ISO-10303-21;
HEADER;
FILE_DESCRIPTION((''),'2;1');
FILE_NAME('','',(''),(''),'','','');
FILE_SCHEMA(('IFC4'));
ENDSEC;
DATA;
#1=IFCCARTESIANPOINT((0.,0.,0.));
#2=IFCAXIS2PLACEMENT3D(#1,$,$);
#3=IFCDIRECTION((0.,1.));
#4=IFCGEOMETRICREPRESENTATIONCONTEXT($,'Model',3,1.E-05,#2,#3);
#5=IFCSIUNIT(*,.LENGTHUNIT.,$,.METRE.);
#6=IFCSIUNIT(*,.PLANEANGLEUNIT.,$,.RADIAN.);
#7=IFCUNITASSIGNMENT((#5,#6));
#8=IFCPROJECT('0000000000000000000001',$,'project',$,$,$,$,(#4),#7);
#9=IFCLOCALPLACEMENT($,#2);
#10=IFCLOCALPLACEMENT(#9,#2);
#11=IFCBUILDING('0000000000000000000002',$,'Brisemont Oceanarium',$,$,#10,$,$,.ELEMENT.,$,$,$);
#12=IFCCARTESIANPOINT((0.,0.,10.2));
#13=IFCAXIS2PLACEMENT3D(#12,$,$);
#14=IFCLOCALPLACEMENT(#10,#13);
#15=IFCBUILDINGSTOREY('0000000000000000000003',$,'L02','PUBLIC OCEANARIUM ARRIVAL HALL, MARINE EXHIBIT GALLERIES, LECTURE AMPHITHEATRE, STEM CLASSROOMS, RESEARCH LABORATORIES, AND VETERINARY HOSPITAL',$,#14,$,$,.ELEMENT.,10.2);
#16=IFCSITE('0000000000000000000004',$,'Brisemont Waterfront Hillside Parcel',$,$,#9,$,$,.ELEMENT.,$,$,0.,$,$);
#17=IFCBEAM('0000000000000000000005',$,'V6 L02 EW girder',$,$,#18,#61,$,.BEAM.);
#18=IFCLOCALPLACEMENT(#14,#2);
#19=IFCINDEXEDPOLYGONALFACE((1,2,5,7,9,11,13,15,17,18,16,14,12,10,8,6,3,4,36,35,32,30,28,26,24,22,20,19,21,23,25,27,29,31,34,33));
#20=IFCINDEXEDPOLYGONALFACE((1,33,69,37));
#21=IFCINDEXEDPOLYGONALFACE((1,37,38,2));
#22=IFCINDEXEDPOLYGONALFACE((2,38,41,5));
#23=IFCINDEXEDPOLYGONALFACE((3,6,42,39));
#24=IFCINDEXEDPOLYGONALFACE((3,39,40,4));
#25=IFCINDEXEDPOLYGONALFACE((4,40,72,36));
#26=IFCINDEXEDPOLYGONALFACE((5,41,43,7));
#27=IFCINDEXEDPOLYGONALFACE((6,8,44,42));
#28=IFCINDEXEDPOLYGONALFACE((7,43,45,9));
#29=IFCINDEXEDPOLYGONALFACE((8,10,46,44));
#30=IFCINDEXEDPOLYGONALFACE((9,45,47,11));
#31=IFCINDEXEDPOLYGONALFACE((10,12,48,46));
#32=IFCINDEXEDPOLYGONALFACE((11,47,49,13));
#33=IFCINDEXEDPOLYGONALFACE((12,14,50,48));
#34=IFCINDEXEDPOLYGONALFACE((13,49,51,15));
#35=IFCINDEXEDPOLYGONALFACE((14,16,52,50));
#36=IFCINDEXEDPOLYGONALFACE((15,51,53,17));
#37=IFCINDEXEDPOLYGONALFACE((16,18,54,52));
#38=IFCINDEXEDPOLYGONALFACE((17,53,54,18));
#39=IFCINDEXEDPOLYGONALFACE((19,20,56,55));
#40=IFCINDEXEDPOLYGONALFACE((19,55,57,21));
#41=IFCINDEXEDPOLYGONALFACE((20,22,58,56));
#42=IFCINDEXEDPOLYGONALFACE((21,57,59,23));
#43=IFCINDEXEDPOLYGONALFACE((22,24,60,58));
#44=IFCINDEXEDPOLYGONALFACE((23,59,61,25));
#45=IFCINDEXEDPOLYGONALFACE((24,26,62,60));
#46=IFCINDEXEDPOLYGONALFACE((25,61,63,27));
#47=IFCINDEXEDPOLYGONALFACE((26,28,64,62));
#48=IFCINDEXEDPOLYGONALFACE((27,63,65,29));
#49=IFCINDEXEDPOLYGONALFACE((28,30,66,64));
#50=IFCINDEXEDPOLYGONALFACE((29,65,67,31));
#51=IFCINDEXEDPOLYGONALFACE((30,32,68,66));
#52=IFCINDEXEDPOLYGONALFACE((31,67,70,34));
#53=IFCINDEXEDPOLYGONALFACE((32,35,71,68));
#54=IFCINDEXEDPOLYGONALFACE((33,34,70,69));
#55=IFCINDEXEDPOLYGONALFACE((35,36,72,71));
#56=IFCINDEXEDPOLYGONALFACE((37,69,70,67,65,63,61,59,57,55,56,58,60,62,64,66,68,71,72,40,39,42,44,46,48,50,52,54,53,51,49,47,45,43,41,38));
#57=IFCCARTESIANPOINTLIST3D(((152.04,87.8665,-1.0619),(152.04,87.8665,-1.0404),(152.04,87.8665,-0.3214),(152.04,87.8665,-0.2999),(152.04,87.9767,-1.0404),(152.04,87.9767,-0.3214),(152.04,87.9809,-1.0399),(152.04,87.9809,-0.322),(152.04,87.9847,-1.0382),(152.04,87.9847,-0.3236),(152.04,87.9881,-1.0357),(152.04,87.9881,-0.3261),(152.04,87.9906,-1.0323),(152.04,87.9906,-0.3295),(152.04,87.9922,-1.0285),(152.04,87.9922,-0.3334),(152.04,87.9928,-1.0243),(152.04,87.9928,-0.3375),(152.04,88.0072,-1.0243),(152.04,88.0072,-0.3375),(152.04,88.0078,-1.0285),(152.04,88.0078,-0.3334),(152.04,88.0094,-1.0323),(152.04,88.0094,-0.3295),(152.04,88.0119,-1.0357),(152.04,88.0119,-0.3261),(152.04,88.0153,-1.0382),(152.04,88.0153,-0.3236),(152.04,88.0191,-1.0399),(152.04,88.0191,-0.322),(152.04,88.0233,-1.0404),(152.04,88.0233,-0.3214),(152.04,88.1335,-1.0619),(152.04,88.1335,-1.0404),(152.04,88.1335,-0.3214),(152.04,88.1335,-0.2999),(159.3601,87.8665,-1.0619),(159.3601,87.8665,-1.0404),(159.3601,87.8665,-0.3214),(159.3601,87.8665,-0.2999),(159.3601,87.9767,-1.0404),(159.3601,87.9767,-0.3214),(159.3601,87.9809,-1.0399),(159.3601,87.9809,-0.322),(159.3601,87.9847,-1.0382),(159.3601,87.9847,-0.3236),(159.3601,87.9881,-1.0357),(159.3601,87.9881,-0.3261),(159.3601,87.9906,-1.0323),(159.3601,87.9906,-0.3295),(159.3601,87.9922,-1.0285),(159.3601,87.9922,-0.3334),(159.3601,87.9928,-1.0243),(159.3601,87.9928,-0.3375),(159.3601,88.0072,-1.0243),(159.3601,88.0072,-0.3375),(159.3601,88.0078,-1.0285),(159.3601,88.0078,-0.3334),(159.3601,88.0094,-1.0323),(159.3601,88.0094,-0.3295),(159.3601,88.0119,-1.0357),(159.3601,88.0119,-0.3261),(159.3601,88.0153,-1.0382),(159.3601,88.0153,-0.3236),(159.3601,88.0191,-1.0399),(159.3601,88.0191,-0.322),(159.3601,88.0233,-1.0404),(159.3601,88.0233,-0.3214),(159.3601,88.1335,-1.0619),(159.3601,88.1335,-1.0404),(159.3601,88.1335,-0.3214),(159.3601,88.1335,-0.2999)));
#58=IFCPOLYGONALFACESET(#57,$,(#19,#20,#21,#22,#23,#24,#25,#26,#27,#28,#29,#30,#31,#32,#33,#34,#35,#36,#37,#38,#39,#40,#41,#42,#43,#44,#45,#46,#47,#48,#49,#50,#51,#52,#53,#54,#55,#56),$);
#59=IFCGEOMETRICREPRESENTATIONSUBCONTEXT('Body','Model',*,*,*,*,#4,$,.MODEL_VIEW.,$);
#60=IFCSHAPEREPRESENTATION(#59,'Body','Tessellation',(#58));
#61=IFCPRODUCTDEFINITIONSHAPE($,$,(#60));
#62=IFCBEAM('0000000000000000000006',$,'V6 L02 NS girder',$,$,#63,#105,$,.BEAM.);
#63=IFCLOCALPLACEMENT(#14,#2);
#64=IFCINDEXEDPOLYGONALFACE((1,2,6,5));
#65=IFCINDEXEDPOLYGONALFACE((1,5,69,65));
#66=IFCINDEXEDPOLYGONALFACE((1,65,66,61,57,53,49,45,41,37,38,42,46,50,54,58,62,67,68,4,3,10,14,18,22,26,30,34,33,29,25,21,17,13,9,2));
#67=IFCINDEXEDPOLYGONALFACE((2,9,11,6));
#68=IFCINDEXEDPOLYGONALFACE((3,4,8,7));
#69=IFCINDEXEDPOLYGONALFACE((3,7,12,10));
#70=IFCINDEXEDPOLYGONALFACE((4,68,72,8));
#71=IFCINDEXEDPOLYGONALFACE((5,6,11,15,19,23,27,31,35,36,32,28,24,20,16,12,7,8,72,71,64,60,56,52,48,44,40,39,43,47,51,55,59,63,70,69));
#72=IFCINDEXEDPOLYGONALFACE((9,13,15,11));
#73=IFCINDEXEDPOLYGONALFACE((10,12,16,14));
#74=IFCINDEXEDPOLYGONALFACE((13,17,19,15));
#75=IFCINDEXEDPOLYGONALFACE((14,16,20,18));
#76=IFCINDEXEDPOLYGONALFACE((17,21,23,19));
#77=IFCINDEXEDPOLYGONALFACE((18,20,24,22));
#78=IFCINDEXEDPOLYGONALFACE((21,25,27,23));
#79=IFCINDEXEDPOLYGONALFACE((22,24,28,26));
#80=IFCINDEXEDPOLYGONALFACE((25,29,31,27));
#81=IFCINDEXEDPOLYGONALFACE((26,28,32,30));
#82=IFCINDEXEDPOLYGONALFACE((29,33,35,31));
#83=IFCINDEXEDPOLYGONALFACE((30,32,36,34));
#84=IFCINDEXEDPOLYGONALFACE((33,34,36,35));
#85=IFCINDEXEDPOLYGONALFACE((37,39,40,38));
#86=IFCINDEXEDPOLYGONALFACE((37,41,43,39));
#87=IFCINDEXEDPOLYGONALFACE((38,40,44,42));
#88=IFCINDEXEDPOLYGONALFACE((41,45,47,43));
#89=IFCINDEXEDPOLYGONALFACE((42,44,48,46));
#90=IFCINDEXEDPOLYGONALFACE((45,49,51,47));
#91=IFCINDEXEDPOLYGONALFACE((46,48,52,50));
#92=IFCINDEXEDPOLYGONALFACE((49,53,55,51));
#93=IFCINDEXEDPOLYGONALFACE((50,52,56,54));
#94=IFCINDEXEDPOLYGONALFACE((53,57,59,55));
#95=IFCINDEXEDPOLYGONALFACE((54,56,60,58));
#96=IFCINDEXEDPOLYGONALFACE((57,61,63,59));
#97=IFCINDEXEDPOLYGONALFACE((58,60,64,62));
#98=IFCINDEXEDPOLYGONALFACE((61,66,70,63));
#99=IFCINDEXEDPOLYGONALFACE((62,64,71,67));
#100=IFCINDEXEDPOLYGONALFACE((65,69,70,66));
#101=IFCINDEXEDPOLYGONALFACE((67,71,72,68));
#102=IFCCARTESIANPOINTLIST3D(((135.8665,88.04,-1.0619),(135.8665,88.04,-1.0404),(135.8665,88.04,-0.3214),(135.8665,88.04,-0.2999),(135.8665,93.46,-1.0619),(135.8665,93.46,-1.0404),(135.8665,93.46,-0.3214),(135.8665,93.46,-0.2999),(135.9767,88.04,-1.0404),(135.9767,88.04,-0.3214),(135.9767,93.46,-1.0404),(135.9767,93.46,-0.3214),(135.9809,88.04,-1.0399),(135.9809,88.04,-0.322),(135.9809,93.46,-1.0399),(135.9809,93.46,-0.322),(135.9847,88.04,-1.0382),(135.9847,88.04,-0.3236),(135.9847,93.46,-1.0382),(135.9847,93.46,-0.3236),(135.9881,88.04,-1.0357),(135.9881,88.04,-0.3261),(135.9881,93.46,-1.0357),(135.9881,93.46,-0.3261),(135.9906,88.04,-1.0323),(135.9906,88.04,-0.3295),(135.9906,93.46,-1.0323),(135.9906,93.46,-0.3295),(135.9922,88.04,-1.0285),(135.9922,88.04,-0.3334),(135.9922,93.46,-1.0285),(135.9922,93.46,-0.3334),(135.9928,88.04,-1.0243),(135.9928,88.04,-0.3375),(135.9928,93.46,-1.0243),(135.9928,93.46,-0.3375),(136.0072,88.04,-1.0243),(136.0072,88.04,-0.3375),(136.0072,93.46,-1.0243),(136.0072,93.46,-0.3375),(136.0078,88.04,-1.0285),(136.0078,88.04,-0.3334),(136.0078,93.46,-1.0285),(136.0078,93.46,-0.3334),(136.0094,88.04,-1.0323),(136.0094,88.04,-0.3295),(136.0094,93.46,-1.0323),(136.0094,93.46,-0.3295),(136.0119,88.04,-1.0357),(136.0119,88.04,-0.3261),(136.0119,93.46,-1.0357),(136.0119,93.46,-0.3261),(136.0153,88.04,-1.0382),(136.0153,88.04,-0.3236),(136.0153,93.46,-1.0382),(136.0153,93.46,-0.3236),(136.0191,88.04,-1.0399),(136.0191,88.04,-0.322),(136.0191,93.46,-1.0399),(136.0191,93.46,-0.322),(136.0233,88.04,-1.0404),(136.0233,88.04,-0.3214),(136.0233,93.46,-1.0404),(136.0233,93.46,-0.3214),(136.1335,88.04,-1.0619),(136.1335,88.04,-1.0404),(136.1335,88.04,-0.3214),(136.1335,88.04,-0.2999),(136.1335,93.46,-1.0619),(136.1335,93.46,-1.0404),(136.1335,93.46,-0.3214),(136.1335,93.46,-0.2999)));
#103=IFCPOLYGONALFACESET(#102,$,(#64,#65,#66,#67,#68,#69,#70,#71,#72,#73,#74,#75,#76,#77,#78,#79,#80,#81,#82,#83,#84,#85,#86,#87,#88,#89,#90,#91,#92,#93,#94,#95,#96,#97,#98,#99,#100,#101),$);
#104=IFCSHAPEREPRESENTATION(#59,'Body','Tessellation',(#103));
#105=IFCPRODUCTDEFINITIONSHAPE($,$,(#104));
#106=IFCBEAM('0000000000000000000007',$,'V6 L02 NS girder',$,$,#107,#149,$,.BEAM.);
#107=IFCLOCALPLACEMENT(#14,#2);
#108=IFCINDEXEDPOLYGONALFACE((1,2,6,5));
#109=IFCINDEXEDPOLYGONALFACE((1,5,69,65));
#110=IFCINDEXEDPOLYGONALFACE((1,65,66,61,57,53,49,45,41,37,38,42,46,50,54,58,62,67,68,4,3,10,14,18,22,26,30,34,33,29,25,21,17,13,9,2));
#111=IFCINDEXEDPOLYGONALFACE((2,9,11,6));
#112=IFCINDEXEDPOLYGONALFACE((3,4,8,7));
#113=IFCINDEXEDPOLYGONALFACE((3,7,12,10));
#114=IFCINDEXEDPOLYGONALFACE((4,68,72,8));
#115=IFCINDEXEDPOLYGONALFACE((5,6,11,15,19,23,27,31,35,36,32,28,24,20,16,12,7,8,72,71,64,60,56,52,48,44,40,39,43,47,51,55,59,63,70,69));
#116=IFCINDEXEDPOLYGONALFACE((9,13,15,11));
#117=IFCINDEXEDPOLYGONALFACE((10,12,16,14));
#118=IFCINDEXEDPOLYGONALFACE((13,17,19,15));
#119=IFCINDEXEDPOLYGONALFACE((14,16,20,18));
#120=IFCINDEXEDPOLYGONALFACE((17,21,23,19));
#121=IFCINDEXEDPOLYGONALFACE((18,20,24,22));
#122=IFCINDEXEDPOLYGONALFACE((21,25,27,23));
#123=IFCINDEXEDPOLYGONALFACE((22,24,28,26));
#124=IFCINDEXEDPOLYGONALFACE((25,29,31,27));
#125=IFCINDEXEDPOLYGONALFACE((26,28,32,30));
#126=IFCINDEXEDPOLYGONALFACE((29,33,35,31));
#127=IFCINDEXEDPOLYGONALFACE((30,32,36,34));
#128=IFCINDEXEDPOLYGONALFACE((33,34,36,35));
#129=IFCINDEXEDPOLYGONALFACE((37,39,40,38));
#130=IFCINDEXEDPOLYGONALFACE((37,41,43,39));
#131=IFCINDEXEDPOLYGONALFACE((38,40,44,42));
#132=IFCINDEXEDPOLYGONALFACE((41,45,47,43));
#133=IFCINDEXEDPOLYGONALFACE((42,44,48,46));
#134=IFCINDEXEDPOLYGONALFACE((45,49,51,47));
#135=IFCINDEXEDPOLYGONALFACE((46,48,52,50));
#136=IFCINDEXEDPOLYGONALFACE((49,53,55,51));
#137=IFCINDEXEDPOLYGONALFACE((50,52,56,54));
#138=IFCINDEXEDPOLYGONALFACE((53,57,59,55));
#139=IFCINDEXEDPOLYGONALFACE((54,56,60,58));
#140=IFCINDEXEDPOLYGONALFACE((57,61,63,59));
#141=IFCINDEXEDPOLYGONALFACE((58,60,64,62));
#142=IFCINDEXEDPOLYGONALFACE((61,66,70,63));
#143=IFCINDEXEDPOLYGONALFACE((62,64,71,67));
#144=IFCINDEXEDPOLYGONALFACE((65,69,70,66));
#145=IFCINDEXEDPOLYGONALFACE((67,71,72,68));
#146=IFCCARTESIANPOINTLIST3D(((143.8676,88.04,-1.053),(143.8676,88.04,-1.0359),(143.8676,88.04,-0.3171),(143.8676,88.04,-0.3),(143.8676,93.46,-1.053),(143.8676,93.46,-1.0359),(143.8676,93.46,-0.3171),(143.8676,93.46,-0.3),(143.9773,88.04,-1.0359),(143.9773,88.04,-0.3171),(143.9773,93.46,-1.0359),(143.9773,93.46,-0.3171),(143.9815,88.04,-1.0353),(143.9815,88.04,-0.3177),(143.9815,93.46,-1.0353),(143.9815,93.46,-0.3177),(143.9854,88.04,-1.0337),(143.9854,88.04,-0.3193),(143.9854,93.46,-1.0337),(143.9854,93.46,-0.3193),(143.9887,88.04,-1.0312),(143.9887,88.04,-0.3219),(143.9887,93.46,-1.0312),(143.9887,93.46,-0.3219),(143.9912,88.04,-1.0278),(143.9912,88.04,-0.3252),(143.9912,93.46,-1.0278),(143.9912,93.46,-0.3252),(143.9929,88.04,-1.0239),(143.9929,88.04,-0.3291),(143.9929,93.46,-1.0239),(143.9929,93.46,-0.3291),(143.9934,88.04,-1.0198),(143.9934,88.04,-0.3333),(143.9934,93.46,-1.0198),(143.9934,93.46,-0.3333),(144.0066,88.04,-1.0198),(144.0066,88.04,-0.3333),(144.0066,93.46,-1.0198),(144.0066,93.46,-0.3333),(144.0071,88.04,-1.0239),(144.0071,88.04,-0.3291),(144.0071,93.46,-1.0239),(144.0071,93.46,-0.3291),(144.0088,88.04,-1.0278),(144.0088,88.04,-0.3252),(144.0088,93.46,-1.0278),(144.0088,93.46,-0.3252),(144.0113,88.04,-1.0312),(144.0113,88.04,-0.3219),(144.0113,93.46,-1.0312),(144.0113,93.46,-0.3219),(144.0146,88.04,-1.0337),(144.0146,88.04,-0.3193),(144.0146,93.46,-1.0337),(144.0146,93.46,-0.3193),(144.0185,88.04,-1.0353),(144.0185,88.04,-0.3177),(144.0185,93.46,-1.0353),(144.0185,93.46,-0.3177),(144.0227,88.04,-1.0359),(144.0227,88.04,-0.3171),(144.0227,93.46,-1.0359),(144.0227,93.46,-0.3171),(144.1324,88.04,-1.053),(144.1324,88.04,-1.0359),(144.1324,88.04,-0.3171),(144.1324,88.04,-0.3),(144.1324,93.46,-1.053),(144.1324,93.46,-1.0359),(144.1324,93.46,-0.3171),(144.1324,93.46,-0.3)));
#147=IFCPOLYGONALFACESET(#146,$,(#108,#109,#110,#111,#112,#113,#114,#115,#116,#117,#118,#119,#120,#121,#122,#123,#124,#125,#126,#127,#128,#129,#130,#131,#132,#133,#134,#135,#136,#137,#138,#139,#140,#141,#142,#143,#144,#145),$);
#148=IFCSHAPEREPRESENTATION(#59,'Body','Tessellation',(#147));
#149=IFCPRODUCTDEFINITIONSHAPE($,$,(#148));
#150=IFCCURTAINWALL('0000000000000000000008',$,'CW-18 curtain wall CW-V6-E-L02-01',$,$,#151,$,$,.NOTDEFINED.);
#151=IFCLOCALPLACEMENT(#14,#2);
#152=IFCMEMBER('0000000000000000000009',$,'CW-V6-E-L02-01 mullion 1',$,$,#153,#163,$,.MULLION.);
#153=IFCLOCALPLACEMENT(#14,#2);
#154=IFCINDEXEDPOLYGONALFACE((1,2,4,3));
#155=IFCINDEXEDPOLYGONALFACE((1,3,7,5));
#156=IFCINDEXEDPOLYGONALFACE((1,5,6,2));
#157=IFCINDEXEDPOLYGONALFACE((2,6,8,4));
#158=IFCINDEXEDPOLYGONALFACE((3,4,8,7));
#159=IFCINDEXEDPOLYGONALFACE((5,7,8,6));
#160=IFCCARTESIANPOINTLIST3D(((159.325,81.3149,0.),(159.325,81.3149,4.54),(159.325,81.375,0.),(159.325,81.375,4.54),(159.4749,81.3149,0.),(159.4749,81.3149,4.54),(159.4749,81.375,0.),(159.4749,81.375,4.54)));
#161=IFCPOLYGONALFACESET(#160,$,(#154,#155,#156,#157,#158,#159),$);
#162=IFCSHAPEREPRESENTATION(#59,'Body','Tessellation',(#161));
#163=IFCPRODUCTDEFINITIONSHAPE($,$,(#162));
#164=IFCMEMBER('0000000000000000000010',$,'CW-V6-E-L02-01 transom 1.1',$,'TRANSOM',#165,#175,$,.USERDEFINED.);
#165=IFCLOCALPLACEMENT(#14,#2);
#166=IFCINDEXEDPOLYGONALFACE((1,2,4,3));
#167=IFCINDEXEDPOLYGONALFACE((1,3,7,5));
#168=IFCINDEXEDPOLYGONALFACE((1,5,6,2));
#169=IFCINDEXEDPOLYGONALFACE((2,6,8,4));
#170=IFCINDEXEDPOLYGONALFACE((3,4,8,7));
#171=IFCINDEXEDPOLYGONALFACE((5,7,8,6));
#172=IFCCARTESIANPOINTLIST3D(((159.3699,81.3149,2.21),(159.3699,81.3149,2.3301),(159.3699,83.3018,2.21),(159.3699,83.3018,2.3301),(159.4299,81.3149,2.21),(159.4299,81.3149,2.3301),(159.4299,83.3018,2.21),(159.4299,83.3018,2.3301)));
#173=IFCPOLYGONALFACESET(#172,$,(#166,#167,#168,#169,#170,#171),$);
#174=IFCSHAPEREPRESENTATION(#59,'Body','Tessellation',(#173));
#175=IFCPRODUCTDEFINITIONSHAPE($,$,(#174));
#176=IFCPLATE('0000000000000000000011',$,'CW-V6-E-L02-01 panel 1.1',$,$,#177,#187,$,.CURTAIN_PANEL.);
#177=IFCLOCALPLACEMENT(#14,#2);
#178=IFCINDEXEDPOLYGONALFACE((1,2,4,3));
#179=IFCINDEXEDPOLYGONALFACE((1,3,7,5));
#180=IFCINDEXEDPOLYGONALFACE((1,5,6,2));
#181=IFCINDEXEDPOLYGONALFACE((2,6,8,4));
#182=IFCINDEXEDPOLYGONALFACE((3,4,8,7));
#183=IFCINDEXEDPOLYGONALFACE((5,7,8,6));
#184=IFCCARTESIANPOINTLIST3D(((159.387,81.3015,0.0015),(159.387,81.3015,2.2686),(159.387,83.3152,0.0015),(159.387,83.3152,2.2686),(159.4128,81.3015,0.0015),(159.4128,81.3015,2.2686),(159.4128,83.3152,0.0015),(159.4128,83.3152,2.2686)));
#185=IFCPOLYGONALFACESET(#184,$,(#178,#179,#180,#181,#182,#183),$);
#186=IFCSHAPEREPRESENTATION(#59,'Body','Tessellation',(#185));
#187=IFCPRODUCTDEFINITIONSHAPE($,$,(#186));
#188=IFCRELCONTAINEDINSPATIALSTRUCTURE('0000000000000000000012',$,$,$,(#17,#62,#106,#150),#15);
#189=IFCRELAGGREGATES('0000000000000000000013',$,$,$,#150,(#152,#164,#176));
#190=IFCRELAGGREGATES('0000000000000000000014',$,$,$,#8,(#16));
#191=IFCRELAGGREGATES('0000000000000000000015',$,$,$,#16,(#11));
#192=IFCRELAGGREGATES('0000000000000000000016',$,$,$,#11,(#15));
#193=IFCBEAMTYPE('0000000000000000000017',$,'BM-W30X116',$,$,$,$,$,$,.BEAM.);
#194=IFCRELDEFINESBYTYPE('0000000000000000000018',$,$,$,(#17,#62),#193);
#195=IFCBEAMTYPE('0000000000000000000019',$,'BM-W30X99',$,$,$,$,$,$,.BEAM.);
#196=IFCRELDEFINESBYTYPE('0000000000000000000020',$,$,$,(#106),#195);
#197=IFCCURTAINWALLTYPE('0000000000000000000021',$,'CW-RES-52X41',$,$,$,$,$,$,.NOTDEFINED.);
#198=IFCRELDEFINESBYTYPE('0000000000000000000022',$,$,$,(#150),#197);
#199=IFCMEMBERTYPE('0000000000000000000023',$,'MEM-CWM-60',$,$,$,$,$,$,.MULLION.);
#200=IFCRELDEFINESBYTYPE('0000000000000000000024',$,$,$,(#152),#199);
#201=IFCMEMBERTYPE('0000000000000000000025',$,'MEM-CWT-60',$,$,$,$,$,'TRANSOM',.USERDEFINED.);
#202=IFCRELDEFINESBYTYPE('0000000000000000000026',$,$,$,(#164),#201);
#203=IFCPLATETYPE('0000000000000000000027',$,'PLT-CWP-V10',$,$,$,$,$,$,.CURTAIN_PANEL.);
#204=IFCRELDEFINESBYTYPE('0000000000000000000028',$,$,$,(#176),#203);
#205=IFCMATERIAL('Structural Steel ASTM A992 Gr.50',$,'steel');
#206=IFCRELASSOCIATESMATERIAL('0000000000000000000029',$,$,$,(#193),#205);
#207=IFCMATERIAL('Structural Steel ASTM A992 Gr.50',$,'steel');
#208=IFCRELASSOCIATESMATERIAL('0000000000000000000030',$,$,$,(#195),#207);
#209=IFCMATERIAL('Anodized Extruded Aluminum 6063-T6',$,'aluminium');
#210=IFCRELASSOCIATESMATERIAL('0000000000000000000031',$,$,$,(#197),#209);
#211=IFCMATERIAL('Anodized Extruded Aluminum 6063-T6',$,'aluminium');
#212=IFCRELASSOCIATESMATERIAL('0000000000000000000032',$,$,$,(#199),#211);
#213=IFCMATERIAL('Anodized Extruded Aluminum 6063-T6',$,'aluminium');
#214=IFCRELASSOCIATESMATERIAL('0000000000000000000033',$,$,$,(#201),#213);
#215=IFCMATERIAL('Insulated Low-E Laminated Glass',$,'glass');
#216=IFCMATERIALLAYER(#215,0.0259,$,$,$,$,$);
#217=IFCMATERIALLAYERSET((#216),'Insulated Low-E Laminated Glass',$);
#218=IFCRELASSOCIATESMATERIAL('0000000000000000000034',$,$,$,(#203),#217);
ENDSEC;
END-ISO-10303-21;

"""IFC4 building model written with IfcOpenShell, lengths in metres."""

from ifc_helpers import new_model, si_unit, direction, frame, origin, origin_2d, place, context, subcontext, project, spatial, rectangle, i_section, extrude, material, layer, layer_set, material_profile, profile_set, type_object, element, aggregate, save


model = new_model("IFC4")

# Units and contexts
model_context = context("Model", 3, precision=1e-05, world=origin(), true_north=direction((0.0, 1.0)))
body_context = subcontext(model_context, "Body", "Model", "MODEL_VIEW")
ifc_project = project(units=[si_unit("LENGTHUNIT", "METRE"), si_unit("PLANEANGLEUNIT", "RADIAN")], contexts=[model_context])

# Site, building, storey
site_placement = place(None, origin())
site = spatial("IfcSite", under=ifc_project, at=site_placement, Name="Brisemont Waterfront Hillside Parcel", CompositionType="ELEMENT", RefElevation=0.0)
building_placement = place(site_placement, origin())
building = spatial("IfcBuilding", under=site, at=building_placement, Name="Brisemont Oceanarium", CompositionType="ELEMENT")
storey_placement = place(building_placement, frame((0.0, 0.0, 10.2)))
storey = spatial("IfcBuildingStorey", under=building, at=storey_placement, Name="L02", Description="PUBLIC OCEANARIUM ARRIVAL HALL, MARINE EXHIBIT GALLERIES, LECTURE AMPHITHEATRE, STEM CLASSROOMS, RESEARCH LABORATORIES, AND VETERINARY HOSPITAL", CompositionType="ELEMENT", Elevation=10.2)

# Beams
ifc_material_1 = material(Name="Structural Steel ASTM A992 Gr.50", Category="steel")
ifc_material_profile_1 = material_profile(ifc_material_1, i_section(OverallWidth=0.2671, OverallDepth=0.762, WebThickness=0.0144, FlangeThickness=0.0215, FilletRadius=0.0161, at=origin_2d()), Name="W30X116")
ifc_profile_set_1 = profile_set([ifc_material_profile_1], Name="Structural Steel ASTM A992 Gr.50")
beam_type_1 = type_object("IfcBeamType", Name="BM-W30X116", PredefinedType="BEAM", material=ifc_profile_set_1)
beam_1_placement = place(storey_placement, frame((152.04, 88.0, -0.6809), z_axis=(1.0, 0.0, 0.0), x_axis=(0.0, 1.0, 0.0)))
element("IfcBeam", 1, at=beam_1_placement, inside=storey, type_object=beam_type_1, Name="V6 L02 EW girder", PredefinedType="BEAM", context=body_context, shape_type="SweptSolid", body=[
    extrude(i_section(OverallWidth=0.2671, OverallDepth=0.762, WebThickness=0.0144, FlangeThickness=0.0215, FilletRadius=0.0161, at=origin_2d()), origin(), (0.0, 0.0, 1.0), 7.3201),
])
beam_2_placement = place(storey_placement, frame((136.0, 88.04, -0.6809), z_axis=(0.0, 1.0, 0.0), x_axis=(-1.0, 0.0, 0.0)))
element("IfcBeam", 2, at=beam_2_placement, inside=storey, type_object=beam_type_1, Name="V6 L02 NS girder", PredefinedType="BEAM", context=body_context, shape_type="SweptSolid", body=[
    extrude(i_section(OverallWidth=0.2671, OverallDepth=0.762, WebThickness=0.0144, FlangeThickness=0.0215, FilletRadius=0.0161, at=origin_2d()), origin(), (0.0, 0.0, 1.0), 5.4199),
])
ifc_material_2 = material(Name="Structural Steel ASTM A992 Gr.50", Category="steel")
ifc_material_profile_2 = material_profile(ifc_material_2, i_section(OverallWidth=0.2649, OverallDepth=0.7529, WebThickness=0.0132, FlangeThickness=0.0171, FilletRadius=0.0161, at=origin_2d()), Name="W30X99")
ifc_profile_set_2 = profile_set([ifc_material_profile_2], Name="Structural Steel ASTM A992 Gr.50")
beam_type_2 = type_object("IfcBeamType", Name="BM-W30X99", PredefinedType="BEAM", material=ifc_profile_set_2)
beam_3_placement = place(storey_placement, frame((144.0, 88.04, -0.6765), z_axis=(0.0, 1.0, 0.0), x_axis=(-1.0, 0.0, 0.0)))
element("IfcBeam", 3, at=beam_3_placement, inside=storey, type_object=beam_type_2, Name="V6 L02 NS girder", PredefinedType="BEAM", context=body_context, shape_type="SweptSolid", body=[
    extrude(i_section(OverallWidth=0.2649, OverallDepth=0.7529, WebThickness=0.0132, FlangeThickness=0.0171, FilletRadius=0.0161, at=origin_2d()), origin(), (0.0, 0.0, 1.0), 5.4199),
])

# Curtain wall, members, plate
ifc_material_3 = material(Name="Anodized Extruded Aluminum 6063-T6", Category="aluminium")
curtain_wall_type = type_object("IfcCurtainWallType", Name="CW-RES-52X41", PredefinedType="NOTDEFINED", material=ifc_material_3)
curtain_wall_placement = place(storey_placement, origin())
curtain_wall = element("IfcCurtainWall", 4, at=curtain_wall_placement, inside=storey, type_object=curtain_wall_type, Name="CW-18 curtain wall CW-V6-E-L02-01", PredefinedType="NOTDEFINED")
ifc_material_4 = material(Name="Anodized Extruded Aluminum 6063-T6", Category="aluminium")
ifc_material_profile_3 = material_profile(ifc_material_4, rectangle(XDim=0.0601, YDim=0.1499, at=origin_2d()), Name="CWM-60X150")
ifc_profile_set_3 = profile_set([ifc_material_profile_3], Name="Anodized Extruded Aluminum 6063-T6")
member_type_1 = type_object("IfcMemberType", Name="MEM-CWM-60", PredefinedType="MULLION", material=ifc_profile_set_3)
member_1_placement = place(storey_placement, frame((159.3999, 81.345, 0.0), z_axis=(0.0, 0.0, 1.0), x_axis=(0.0, 1.0, 0.0)))
member_1 = element("IfcMember", 5, at=member_1_placement, type_object=member_type_1, Name="CW-V6-E-L02-01 mullion 1", PredefinedType="MULLION", context=body_context, shape_type="SweptSolid", body=[
    extrude(rectangle(XDim=0.0601, YDim=0.1499, at=origin_2d()), origin(), (0.0, 0.0, 1.0), 4.54),
])
ifc_material_5 = material(Name="Anodized Extruded Aluminum 6063-T6", Category="aluminium")
ifc_material_profile_4 = material_profile(ifc_material_5, rectangle(XDim=0.0601, YDim=0.1201, at=origin_2d()), Name="CWT-60X120")
ifc_profile_set_4 = profile_set([ifc_material_profile_4], Name="Anodized Extruded Aluminum 6063-T6")
member_type_2 = type_object("IfcMemberType", Name="MEM-CWT-60", ElementType="TRANSOM", PredefinedType="USERDEFINED", material=ifc_profile_set_4)
member_2_placement = place(storey_placement, frame((159.3999, 81.3149, 2.27), z_axis=(0.0, 1.0, 0.0), x_axis=(-1.0, 0.0, 0.0)))
member_2 = element("IfcMember", 6, at=member_2_placement, type_object=member_type_2, Name="CW-V6-E-L02-01 transom 1.1", ObjectType="TRANSOM", PredefinedType="USERDEFINED", context=body_context, shape_type="SweptSolid", body=[
    extrude(rectangle(XDim=0.0601, YDim=0.1201, at=origin_2d()), origin(), (0.0, 0.0, 1.0), 1.9868),
])
ifc_material_6 = material(Name="Insulated Low-E Laminated Glass", Category="glass")
ifc_layer_1 = layer(ifc_material_6, 0.0259)
ifc_layer_set_1 = layer_set([ifc_layer_1], Name="Insulated Low-E Laminated Glass")
plate_type = type_object("IfcPlateType", Name="PLT-CWP-V10", PredefinedType="CURTAIN_PANEL", material=ifc_layer_set_1)
plate_placement = place(storey_placement, frame((159.3999, 82.3083, 0.0015), z_axis=(0.0, 0.0, 1.0), x_axis=(0.0, 1.0, 0.0)))
plate = element("IfcPlate", 7, at=plate_placement, type_object=plate_type, Name="CW-V6-E-L02-01 panel 1.1", PredefinedType="CURTAIN_PANEL", context=body_context, shape_type="SweptSolid", body=[
    extrude(rectangle(XDim=2.0137, YDim=0.0259, at=origin_2d()), origin(), (0.0, 0.0, 1.0), 2.2671),
])
aggregate(curtain_wall, [member_1, member_2, plate])

save(model, "model.ifc")
